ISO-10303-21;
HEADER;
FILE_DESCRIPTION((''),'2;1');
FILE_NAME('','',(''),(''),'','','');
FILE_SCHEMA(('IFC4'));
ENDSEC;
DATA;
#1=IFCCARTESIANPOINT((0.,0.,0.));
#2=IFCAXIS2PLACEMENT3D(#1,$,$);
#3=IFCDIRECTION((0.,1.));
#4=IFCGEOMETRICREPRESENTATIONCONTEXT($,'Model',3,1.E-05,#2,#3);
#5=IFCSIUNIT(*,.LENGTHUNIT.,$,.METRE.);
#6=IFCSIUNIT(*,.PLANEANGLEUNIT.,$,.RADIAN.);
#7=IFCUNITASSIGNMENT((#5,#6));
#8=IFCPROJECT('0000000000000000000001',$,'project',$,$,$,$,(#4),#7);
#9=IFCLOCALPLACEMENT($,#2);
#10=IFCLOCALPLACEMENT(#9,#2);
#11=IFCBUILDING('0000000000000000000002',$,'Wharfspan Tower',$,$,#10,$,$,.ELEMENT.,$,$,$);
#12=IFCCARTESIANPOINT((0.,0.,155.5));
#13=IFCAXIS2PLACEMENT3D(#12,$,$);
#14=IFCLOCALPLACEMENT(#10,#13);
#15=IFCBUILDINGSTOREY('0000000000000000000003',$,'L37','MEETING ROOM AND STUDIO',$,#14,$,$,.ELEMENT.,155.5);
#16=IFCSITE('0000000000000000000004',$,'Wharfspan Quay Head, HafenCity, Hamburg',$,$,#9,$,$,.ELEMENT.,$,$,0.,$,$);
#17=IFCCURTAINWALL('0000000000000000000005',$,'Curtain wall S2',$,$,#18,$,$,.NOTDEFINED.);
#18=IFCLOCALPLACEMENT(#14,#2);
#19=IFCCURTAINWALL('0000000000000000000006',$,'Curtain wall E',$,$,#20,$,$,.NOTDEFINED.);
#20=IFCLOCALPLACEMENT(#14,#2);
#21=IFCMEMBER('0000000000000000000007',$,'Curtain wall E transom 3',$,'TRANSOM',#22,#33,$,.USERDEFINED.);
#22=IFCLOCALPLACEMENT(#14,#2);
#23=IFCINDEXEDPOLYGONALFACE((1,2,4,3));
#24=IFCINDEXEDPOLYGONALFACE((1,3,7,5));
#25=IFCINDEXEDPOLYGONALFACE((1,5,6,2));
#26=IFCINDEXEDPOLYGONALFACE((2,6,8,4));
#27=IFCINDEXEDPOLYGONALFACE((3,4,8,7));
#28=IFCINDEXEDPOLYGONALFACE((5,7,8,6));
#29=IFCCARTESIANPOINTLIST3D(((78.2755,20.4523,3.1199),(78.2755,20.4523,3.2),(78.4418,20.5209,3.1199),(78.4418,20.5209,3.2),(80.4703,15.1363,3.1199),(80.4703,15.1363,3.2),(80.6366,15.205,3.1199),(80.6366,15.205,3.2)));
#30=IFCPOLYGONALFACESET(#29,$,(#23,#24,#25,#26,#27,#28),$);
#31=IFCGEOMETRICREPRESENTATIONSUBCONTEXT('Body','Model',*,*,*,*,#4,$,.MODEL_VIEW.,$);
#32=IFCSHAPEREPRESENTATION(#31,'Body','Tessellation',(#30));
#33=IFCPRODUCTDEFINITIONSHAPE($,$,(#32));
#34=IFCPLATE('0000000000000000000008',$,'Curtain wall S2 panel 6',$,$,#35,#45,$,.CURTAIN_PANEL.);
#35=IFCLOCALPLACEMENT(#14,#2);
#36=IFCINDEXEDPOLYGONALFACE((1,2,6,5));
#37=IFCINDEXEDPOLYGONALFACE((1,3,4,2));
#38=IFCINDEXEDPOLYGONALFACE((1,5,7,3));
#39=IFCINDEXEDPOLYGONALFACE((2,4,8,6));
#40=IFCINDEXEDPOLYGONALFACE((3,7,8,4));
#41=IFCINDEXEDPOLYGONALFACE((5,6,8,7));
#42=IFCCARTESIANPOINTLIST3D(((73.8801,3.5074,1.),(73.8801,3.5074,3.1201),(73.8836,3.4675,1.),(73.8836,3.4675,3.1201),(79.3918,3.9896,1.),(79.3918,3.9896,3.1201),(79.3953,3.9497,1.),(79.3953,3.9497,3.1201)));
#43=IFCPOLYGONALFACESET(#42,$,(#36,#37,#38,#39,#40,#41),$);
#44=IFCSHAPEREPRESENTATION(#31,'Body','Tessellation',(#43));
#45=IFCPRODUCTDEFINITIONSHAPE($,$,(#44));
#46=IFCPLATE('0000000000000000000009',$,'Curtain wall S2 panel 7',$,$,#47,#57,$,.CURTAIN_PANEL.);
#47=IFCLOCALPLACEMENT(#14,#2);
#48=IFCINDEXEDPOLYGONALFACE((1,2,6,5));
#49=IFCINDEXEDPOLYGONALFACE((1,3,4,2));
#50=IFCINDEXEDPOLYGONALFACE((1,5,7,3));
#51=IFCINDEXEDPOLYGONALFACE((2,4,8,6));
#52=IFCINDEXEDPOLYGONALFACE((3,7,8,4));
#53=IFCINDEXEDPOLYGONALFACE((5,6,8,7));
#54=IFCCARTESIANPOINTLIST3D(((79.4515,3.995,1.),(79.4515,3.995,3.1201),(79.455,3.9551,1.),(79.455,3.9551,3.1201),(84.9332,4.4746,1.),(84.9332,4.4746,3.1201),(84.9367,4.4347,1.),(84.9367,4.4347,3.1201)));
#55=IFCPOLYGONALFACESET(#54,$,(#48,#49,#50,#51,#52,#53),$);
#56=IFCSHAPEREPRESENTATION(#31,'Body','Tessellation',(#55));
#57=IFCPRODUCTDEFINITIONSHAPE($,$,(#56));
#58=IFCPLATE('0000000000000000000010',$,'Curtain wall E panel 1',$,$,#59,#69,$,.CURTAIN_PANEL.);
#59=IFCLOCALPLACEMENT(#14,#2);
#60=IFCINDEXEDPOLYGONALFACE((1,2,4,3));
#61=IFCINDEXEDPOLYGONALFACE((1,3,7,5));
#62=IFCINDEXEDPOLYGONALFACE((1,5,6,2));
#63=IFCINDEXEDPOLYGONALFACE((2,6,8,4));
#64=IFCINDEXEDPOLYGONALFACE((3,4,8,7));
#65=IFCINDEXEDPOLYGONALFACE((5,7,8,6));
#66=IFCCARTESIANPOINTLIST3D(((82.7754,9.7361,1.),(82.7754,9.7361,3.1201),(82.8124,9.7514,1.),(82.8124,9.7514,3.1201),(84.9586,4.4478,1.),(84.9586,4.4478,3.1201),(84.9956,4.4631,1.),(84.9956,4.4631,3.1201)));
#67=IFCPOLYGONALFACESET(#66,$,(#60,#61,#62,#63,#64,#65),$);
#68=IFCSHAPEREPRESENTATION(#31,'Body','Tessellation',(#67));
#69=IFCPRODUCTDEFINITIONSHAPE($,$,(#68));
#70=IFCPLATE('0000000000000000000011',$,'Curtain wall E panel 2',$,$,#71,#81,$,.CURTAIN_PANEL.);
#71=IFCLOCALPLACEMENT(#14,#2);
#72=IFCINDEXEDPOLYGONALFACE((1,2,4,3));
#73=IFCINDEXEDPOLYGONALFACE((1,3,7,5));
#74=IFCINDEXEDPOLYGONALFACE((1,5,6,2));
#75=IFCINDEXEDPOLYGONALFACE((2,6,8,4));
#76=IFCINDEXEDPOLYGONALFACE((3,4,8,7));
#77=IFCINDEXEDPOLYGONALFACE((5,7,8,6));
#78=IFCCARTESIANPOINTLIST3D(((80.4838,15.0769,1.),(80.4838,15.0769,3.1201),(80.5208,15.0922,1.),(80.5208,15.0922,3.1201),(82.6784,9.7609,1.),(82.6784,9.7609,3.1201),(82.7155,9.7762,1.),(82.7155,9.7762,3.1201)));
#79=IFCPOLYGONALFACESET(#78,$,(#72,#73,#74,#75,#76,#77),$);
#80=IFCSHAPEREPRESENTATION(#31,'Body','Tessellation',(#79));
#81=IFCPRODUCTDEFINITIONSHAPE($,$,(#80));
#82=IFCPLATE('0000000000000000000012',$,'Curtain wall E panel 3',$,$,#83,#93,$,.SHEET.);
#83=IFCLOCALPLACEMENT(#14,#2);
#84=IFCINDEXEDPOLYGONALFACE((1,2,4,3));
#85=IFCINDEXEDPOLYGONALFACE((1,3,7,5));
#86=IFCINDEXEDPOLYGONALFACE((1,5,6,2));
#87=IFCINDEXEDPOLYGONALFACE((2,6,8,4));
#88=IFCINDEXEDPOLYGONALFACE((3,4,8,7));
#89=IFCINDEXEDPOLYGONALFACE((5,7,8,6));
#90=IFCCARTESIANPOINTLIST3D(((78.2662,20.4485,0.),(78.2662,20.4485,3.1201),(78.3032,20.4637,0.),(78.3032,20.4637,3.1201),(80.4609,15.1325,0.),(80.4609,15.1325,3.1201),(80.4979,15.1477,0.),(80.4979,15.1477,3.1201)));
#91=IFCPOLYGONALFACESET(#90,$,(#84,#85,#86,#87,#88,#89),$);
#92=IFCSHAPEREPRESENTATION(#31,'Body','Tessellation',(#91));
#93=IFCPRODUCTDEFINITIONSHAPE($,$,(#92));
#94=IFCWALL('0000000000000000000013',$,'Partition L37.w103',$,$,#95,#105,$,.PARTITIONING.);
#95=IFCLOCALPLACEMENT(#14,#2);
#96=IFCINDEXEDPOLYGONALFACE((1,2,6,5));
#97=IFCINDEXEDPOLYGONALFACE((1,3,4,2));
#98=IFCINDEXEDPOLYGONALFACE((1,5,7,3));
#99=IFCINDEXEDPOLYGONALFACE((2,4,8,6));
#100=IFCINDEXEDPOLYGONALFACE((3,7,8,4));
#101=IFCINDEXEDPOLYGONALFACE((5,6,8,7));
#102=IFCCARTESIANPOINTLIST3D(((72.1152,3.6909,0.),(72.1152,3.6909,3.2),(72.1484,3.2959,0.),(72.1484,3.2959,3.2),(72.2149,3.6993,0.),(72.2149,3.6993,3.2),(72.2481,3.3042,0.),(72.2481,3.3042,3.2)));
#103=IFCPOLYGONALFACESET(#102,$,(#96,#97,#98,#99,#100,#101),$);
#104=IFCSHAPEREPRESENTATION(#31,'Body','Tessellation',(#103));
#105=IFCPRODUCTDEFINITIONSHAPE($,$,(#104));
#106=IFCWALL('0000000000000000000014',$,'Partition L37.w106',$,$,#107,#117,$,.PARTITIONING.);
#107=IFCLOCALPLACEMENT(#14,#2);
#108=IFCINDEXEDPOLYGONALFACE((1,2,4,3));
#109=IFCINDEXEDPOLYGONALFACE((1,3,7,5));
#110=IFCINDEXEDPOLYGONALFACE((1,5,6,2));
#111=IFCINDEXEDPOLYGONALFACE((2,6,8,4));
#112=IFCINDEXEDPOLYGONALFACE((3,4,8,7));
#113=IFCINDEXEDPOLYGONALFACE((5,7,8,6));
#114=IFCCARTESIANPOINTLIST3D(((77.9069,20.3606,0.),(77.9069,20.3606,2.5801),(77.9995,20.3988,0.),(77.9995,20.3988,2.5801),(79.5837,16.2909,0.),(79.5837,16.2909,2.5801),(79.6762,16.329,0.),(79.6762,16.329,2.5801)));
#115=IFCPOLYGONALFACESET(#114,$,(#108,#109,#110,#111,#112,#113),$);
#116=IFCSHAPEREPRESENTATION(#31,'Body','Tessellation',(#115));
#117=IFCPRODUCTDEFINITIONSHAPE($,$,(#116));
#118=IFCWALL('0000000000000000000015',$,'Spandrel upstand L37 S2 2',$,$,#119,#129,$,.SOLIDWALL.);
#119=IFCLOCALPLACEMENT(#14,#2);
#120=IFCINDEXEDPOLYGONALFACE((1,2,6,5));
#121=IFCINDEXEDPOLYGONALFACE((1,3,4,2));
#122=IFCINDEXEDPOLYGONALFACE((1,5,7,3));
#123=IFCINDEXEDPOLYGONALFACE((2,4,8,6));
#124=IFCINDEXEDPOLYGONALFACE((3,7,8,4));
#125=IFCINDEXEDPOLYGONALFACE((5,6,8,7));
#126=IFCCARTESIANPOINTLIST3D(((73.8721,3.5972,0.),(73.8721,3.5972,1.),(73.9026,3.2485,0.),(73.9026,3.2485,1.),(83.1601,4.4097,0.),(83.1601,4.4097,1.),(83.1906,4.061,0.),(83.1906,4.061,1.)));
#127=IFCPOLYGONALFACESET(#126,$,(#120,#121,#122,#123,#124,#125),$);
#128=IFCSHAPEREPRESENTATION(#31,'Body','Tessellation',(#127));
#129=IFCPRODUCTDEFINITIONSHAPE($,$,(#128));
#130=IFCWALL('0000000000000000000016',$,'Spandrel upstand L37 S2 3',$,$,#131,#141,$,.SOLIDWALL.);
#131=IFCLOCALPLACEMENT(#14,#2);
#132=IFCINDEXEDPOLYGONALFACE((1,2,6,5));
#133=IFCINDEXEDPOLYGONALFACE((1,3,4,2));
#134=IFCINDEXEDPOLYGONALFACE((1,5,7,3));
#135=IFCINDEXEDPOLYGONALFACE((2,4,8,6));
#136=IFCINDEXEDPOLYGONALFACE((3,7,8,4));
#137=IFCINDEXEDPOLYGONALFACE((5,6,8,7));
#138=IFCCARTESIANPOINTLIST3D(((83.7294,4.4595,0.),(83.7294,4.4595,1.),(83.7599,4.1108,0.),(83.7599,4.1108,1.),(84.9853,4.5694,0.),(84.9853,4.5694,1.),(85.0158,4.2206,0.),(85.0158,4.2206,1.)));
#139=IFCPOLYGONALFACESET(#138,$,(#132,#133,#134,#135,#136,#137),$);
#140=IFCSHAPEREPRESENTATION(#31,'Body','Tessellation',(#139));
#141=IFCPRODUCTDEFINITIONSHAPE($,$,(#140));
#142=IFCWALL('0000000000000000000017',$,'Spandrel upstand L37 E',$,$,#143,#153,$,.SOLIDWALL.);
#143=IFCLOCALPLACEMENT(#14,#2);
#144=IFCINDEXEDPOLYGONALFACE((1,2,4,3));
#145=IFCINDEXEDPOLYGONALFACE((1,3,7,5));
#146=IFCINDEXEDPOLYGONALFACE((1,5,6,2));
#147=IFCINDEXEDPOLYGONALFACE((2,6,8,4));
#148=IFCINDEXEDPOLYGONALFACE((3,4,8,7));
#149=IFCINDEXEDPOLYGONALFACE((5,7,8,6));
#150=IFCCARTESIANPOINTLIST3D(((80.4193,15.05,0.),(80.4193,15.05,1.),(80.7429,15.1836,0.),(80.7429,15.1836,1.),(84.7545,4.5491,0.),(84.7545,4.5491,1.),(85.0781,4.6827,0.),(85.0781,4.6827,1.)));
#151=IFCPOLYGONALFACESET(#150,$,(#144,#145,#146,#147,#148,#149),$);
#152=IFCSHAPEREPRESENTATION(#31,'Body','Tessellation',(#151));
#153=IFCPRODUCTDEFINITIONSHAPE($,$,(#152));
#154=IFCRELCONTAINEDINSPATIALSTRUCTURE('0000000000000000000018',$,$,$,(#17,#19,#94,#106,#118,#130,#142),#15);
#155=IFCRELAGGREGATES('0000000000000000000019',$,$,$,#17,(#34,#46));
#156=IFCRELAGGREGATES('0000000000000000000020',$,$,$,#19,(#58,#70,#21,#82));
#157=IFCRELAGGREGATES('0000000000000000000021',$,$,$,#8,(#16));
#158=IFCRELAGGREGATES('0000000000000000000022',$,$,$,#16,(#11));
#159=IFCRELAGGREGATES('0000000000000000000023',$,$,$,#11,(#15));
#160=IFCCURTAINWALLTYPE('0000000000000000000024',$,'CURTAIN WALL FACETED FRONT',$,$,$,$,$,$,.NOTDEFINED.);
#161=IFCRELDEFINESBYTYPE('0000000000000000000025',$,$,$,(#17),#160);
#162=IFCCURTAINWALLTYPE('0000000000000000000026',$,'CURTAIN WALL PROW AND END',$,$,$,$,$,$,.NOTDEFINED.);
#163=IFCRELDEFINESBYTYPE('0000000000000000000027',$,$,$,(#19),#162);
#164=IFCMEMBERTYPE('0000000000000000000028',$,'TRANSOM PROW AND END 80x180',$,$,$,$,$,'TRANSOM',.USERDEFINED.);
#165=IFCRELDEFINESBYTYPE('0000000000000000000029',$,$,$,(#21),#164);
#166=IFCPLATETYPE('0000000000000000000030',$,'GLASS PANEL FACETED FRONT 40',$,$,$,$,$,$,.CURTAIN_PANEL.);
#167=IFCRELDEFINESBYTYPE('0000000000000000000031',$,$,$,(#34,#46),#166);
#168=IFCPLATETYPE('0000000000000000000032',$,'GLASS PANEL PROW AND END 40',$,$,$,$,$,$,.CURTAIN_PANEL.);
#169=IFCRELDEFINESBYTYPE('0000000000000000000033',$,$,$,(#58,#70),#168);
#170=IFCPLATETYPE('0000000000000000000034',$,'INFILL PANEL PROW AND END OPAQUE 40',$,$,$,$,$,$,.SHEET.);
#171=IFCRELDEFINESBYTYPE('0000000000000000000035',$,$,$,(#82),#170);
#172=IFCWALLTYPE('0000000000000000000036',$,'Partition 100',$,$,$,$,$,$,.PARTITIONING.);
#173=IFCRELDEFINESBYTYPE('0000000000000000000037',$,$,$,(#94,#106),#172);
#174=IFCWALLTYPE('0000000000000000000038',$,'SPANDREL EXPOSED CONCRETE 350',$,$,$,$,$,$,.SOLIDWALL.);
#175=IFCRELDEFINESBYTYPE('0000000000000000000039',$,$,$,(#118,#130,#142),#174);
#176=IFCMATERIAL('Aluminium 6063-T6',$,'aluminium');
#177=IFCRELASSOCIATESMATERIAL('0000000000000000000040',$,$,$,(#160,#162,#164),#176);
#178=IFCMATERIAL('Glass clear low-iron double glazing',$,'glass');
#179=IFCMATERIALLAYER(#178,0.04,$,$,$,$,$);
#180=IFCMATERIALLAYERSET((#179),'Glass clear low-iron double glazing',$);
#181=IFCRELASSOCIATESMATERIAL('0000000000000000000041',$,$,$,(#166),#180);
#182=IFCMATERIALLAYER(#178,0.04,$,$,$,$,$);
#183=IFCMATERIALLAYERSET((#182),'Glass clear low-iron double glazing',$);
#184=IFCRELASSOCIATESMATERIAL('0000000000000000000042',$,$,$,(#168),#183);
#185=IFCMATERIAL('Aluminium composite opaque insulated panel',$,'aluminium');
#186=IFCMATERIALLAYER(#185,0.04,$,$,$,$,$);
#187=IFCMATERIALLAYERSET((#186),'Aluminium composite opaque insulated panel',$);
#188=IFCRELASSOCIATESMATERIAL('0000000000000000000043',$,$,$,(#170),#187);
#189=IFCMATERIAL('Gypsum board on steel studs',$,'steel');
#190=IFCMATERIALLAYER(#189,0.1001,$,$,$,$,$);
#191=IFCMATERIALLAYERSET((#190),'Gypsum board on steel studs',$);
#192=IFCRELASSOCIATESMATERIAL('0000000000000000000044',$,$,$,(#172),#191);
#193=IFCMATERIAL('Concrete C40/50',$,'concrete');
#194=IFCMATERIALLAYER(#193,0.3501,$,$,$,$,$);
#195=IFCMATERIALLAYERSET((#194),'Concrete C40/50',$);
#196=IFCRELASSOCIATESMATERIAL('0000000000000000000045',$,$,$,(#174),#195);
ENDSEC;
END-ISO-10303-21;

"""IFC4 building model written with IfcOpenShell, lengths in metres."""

from ifc_helpers import new_model, si_unit, direction, frame, frame_2d, origin, origin_2d, place, context, subcontext, project, spatial, rectangle, extrude, material, layer, layer_set, material_profile, profile_set, type_object, element, aggregate, save


model = new_model("IFC4")

# Units and contexts
model_context = context("Model", 3, precision=1e-05, world=origin(), true_north=direction((0.0, 1.0)))
body_context = subcontext(model_context, "Body", "Model", "MODEL_VIEW")
ifc_project = project(units=[si_unit("LENGTHUNIT", "METRE"), si_unit("PLANEANGLEUNIT", "RADIAN")], contexts=[model_context])

# Site, building, storey
site_placement = place(None, origin())
site = spatial("IfcSite", under=ifc_project, at=site_placement, Name="Wharfspan Quay Head, HafenCity, Hamburg", CompositionType="ELEMENT", RefElevation=0.0)
building_placement = place(site_placement, origin())
building = spatial("IfcBuilding", under=site, at=building_placement, Name="Wharfspan Tower", CompositionType="ELEMENT")
storey_placement = place(building_placement, frame((0.0, 0.0, 155.5)))
storey = spatial("IfcBuildingStorey", under=building, at=storey_placement, Name="L37", Description="MEETING ROOM AND STUDIO", CompositionType="ELEMENT", Elevation=155.5)

# Curtain walls
ifc_material_1 = material(Name="Aluminium 6063-T6", Category="aluminium")
curtain_wall_type_1 = type_object("IfcCurtainWallType", Name="CURTAIN WALL FACETED FRONT", PredefinedType="NOTDEFINED", material=ifc_material_1)
curtain_wall_1_placement = place(storey_placement, origin())
curtain_wall_1 = element("IfcCurtainWall", 1, at=curtain_wall_1_placement, inside=storey, type_object=curtain_wall_type_1, Name="Curtain wall S2", PredefinedType="NOTDEFINED")
curtain_wall_type_2 = type_object("IfcCurtainWallType", Name="CURTAIN WALL PROW AND END", PredefinedType="NOTDEFINED", material=ifc_material_1)
curtain_wall_2_placement = place(storey_placement, origin())
curtain_wall_2 = element("IfcCurtainWall", 2, at=curtain_wall_2_placement, inside=storey, type_object=curtain_wall_type_2, Name="Curtain wall E", PredefinedType="NOTDEFINED")

# Member
ifc_material_profile_1 = material_profile(ifc_material_1, rectangle(XDim=0.1799, YDim=0.0801, at=origin_2d()))
ifc_profile_set_1 = profile_set([ifc_material_profile_1], Name="Aluminium 6063-T6")
member_type_1 = type_object("IfcMemberType", Name="TRANSOM PROW AND END 80x180", ElementType="TRANSOM", PredefinedType="USERDEFINED", material=ifc_profile_set_1)
member_1_placement = place(storey_placement, frame((80.5535, 15.1707, 3.1599), z_axis=(-0.381629, 0.924315, 0.0), x_axis=(-0.924315, -0.381629, 0.0)))
member_1 = element("IfcMember", 3, at=member_1_placement, type_object=member_type_1, Name="Curtain wall E transom 3", ObjectType="TRANSOM", PredefinedType="USERDEFINED", context=body_context, shape_type="SweptSolid", body=[
    extrude(rectangle(XDim=0.1799, YDim=0.0801, at=origin_2d()), origin(), (0.0, 0.0, 1.0), 5.7512),
])

# Plates
ifc_material_2 = material(Name="Glass clear low-iron double glazing", Category="glass")
ifc_layer_1 = layer(ifc_material_2, 0.04)
ifc_layer_set_1 = layer_set([ifc_layer_1], Name="Glass clear low-iron double glazing")
plate_type_1 = type_object("IfcPlateType", Name="GLASS PANEL FACETED FRONT 40", PredefinedType="CURTAIN_PANEL", material=ifc_layer_set_1)
plate_1_placement = place(storey_placement, frame((76.6377, 3.7285, 1.0), z_axis=(0.0, 0.0, 1.0), x_axis=(0.996198, 0.087156, 0.0)))
plate_1 = element("IfcPlate", 4, at=plate_1_placement, type_object=plate_type_1, Name="Curtain wall S2 panel 6", PredefinedType="CURTAIN_PANEL", context=body_context, shape_type="SweptSolid", body=[
    extrude(rectangle(XDim=5.5327, YDim=0.04, at=origin_2d()), origin(), (0.0, 0.0, 1.0), 2.1201),
])
plate_2_placement = place(storey_placement, frame((82.1941, 4.2148, 1.0), z_axis=(0.0, 0.0, 1.0), x_axis=(0.996198, 0.087156, 0.0)))
plate_2 = element("IfcPlate", 5, at=plate_2_placement, type_object=plate_type_1, Name="Curtain wall S2 panel 7", PredefinedType="CURTAIN_PANEL", context=body_context, shape_type="SweptSolid", body=[
    extrude(rectangle(XDim=5.5027, YDim=0.04, at=origin_2d()), origin(), (0.0, 0.0, 1.0), 2.1201),
])
aggregate(curtain_wall_1, [plate_1, plate_2])
ifc_layer_2 = layer(ifc_material_2, 0.04)
ifc_layer_set_2 = layer_set([ifc_layer_2], Name="Glass clear low-iron double glazing")
plate_type_2 = type_object("IfcPlateType", Name="GLASS PANEL PROW AND END 40", PredefinedType="CURTAIN_PANEL", material=ifc_layer_set_2)
plate_3_placement = place(storey_placement, frame((83.8855, 7.0996, 1.0), z_axis=(0.0, 0.0, 1.0), x_axis=(-0.381602, 0.924325, 0.0)))
plate_3 = element("IfcPlate", 6, at=plate_3_placement, type_object=plate_type_2, Name="Curtain wall E panel 1", PredefinedType="CURTAIN_PANEL", context=body_context, shape_type="SweptSolid", body=[
    extrude(rectangle(XDim=5.7212, YDim=0.04, at=origin_2d()), origin(), (0.0, 0.0, 1.0), 2.1201),
])
plate_4_placement = place(storey_placement, frame((81.5996, 12.4265, 1.0), z_axis=(0.0, 0.0, 1.0), x_axis=(-0.381602, 0.924325, 0.0)))
plate_4 = element("IfcPlate", 7, at=plate_4_placement, type_object=plate_type_2, Name="Curtain wall E panel 2", PredefinedType="CURTAIN_PANEL", context=body_context, shape_type="SweptSolid", body=[
    extrude(rectangle(XDim=5.7512, YDim=0.04, at=origin_2d()), origin(), (0.0, 0.0, 1.0), 2.1201),
])
ifc_material_3 = material(Name="Aluminium composite opaque insulated panel", Category="aluminium")
ifc_layer_3 = layer(ifc_material_3, 0.04)
ifc_layer_set_3 = layer_set([ifc_layer_3], Name="Aluminium composite opaque insulated panel")
plate_type_3 = type_object("IfcPlateType", Name="INFILL PANEL PROW AND END OPAQUE 40", PredefinedType="SHEET", material=ifc_layer_set_3)
plate_5_placement = place(storey_placement, frame((79.3821, 17.7981, 0.0), z_axis=(0.0, 0.0, 1.0), x_axis=(-0.381602, 0.924325, 0.0)))
plate_5 = element("IfcPlate", 8, at=plate_5_placement, type_object=plate_type_3, Name="Curtain wall E panel 3", PredefinedType="SHEET", context=body_context, shape_type="SweptSolid", body=[
    extrude(rectangle(XDim=5.7512, YDim=0.04, at=origin_2d()), origin(), (0.0, 0.0, 1.0), 3.1201),
])
aggregate(curtain_wall_2, [plate_3, plate_4, member_1, plate_5])

# Walls
ifc_material_4 = material(Name="Gypsum board on steel studs", Category="steel")
ifc_layer_4 = layer(ifc_material_4, 0.1001)
ifc_layer_set_4 = layer_set([ifc_layer_4], Name="Gypsum board on steel studs")
wall_type_1 = type_object("IfcWallType", Name="Partition 100", PredefinedType="PARTITIONING", material=ifc_layer_set_4)
wall_1_placement = place(storey_placement, frame((72.1982, 3.3, 0.0), z_axis=(0.0, 0.0, 1.0), x_axis=(-0.083759, 0.996486, 0.0)))
element("IfcWall", 9, at=wall_1_placement, inside=storey, type_object=wall_type_1, Name="Partition L37.w103", PredefinedType="PARTITIONING", context=body_context, shape_type="SweptSolid", body=[
    extrude(rectangle(XDim=0.3965, YDim=0.1001, at=frame_2d((0.1982, 0.0))), origin(), (0.0, 0.0, 1.0), 3.2),
])
wall_2_placement = place(storey_placement, frame((79.6299, 16.3101, 0.0), z_axis=(0.0, 0.0, 1.0), x_axis=(-0.380933, 0.9246, 0.0)))
element("IfcWall", 10, at=wall_2_placement, inside=storey, type_object=wall_type_1, Name="Partition L37.w106", PredefinedType="PARTITIONING", context=body_context, shape_type="SweptSolid", body=[
    extrude(rectangle(XDim=4.4016, YDim=0.1001, at=frame_2d((2.2007, 0.0))), origin(), (0.0, 0.0, 1.0), 2.5801),
])
ifc_material_5 = material(Name="Concrete C40/50", Category="concrete")
ifc_layer_5 = layer(ifc_material_5, 0.3501)
ifc_layer_set_5 = layer_set([ifc_layer_5], Name="Concrete C40/50")
wall_type_2 = type_object("IfcWallType", Name="SPANDREL EXPOSED CONCRETE 350", PredefinedType="SOLIDWALL", material=ifc_layer_set_5)
wall_3_placement = place(storey_placement, frame((73.8875, 3.4229, 0.0), z_axis=(0.0, 0.0, 1.0), x_axis=(0.996197, 0.087145, 0.0)))
element("IfcWall", 11, at=wall_3_placement, inside=storey, type_object=wall_type_2, Name="Spandrel upstand L37 S2 2", PredefinedType="SOLIDWALL", context=body_context, shape_type="SweptSolid", body=[
    extrude(rectangle(XDim=9.3235, YDim=0.3501, at=frame_2d((4.6616, 0.0))), origin(), (0.0, 0.0, 1.0), 1.0),
])
wall_4_placement = place(storey_placement, frame((83.7446, 4.2852, 0.0), z_axis=(0.0, 0.0, 1.0), x_axis=(0.996198, 0.087148, 0.0)))
element("IfcWall", 12, at=wall_4_placement, inside=storey, type_object=wall_type_2, Name="Spandrel upstand L37 S2 3", PredefinedType="SOLIDWALL", context=body_context, shape_type="SweptSolid", body=[
    extrude(rectangle(XDim=1.2607, YDim=0.3501, at=frame_2d((0.6304, 0.0))), origin(), (0.0, 0.0, 1.0), 1.0),
])
wall_5_placement = place(storey_placement, frame((84.9163, 4.616, 0.0), z_axis=(0.0, 0.0, 1.0), x_axis=(-0.381598, 0.924328, 0.0)))
element("IfcWall", 13, at=wall_5_placement, inside=storey, type_object=wall_type_2, Name="Spandrel upstand L37 E", PredefinedType="SOLIDWALL", context=body_context, shape_type="SweptSolid", body=[
    extrude(rectangle(XDim=11.3606, YDim=0.3501, at=frame_2d((5.6802, 0.0))), origin(), (0.0, 0.0, 1.0), 1.0),
])

save(model, "model.ifc")
